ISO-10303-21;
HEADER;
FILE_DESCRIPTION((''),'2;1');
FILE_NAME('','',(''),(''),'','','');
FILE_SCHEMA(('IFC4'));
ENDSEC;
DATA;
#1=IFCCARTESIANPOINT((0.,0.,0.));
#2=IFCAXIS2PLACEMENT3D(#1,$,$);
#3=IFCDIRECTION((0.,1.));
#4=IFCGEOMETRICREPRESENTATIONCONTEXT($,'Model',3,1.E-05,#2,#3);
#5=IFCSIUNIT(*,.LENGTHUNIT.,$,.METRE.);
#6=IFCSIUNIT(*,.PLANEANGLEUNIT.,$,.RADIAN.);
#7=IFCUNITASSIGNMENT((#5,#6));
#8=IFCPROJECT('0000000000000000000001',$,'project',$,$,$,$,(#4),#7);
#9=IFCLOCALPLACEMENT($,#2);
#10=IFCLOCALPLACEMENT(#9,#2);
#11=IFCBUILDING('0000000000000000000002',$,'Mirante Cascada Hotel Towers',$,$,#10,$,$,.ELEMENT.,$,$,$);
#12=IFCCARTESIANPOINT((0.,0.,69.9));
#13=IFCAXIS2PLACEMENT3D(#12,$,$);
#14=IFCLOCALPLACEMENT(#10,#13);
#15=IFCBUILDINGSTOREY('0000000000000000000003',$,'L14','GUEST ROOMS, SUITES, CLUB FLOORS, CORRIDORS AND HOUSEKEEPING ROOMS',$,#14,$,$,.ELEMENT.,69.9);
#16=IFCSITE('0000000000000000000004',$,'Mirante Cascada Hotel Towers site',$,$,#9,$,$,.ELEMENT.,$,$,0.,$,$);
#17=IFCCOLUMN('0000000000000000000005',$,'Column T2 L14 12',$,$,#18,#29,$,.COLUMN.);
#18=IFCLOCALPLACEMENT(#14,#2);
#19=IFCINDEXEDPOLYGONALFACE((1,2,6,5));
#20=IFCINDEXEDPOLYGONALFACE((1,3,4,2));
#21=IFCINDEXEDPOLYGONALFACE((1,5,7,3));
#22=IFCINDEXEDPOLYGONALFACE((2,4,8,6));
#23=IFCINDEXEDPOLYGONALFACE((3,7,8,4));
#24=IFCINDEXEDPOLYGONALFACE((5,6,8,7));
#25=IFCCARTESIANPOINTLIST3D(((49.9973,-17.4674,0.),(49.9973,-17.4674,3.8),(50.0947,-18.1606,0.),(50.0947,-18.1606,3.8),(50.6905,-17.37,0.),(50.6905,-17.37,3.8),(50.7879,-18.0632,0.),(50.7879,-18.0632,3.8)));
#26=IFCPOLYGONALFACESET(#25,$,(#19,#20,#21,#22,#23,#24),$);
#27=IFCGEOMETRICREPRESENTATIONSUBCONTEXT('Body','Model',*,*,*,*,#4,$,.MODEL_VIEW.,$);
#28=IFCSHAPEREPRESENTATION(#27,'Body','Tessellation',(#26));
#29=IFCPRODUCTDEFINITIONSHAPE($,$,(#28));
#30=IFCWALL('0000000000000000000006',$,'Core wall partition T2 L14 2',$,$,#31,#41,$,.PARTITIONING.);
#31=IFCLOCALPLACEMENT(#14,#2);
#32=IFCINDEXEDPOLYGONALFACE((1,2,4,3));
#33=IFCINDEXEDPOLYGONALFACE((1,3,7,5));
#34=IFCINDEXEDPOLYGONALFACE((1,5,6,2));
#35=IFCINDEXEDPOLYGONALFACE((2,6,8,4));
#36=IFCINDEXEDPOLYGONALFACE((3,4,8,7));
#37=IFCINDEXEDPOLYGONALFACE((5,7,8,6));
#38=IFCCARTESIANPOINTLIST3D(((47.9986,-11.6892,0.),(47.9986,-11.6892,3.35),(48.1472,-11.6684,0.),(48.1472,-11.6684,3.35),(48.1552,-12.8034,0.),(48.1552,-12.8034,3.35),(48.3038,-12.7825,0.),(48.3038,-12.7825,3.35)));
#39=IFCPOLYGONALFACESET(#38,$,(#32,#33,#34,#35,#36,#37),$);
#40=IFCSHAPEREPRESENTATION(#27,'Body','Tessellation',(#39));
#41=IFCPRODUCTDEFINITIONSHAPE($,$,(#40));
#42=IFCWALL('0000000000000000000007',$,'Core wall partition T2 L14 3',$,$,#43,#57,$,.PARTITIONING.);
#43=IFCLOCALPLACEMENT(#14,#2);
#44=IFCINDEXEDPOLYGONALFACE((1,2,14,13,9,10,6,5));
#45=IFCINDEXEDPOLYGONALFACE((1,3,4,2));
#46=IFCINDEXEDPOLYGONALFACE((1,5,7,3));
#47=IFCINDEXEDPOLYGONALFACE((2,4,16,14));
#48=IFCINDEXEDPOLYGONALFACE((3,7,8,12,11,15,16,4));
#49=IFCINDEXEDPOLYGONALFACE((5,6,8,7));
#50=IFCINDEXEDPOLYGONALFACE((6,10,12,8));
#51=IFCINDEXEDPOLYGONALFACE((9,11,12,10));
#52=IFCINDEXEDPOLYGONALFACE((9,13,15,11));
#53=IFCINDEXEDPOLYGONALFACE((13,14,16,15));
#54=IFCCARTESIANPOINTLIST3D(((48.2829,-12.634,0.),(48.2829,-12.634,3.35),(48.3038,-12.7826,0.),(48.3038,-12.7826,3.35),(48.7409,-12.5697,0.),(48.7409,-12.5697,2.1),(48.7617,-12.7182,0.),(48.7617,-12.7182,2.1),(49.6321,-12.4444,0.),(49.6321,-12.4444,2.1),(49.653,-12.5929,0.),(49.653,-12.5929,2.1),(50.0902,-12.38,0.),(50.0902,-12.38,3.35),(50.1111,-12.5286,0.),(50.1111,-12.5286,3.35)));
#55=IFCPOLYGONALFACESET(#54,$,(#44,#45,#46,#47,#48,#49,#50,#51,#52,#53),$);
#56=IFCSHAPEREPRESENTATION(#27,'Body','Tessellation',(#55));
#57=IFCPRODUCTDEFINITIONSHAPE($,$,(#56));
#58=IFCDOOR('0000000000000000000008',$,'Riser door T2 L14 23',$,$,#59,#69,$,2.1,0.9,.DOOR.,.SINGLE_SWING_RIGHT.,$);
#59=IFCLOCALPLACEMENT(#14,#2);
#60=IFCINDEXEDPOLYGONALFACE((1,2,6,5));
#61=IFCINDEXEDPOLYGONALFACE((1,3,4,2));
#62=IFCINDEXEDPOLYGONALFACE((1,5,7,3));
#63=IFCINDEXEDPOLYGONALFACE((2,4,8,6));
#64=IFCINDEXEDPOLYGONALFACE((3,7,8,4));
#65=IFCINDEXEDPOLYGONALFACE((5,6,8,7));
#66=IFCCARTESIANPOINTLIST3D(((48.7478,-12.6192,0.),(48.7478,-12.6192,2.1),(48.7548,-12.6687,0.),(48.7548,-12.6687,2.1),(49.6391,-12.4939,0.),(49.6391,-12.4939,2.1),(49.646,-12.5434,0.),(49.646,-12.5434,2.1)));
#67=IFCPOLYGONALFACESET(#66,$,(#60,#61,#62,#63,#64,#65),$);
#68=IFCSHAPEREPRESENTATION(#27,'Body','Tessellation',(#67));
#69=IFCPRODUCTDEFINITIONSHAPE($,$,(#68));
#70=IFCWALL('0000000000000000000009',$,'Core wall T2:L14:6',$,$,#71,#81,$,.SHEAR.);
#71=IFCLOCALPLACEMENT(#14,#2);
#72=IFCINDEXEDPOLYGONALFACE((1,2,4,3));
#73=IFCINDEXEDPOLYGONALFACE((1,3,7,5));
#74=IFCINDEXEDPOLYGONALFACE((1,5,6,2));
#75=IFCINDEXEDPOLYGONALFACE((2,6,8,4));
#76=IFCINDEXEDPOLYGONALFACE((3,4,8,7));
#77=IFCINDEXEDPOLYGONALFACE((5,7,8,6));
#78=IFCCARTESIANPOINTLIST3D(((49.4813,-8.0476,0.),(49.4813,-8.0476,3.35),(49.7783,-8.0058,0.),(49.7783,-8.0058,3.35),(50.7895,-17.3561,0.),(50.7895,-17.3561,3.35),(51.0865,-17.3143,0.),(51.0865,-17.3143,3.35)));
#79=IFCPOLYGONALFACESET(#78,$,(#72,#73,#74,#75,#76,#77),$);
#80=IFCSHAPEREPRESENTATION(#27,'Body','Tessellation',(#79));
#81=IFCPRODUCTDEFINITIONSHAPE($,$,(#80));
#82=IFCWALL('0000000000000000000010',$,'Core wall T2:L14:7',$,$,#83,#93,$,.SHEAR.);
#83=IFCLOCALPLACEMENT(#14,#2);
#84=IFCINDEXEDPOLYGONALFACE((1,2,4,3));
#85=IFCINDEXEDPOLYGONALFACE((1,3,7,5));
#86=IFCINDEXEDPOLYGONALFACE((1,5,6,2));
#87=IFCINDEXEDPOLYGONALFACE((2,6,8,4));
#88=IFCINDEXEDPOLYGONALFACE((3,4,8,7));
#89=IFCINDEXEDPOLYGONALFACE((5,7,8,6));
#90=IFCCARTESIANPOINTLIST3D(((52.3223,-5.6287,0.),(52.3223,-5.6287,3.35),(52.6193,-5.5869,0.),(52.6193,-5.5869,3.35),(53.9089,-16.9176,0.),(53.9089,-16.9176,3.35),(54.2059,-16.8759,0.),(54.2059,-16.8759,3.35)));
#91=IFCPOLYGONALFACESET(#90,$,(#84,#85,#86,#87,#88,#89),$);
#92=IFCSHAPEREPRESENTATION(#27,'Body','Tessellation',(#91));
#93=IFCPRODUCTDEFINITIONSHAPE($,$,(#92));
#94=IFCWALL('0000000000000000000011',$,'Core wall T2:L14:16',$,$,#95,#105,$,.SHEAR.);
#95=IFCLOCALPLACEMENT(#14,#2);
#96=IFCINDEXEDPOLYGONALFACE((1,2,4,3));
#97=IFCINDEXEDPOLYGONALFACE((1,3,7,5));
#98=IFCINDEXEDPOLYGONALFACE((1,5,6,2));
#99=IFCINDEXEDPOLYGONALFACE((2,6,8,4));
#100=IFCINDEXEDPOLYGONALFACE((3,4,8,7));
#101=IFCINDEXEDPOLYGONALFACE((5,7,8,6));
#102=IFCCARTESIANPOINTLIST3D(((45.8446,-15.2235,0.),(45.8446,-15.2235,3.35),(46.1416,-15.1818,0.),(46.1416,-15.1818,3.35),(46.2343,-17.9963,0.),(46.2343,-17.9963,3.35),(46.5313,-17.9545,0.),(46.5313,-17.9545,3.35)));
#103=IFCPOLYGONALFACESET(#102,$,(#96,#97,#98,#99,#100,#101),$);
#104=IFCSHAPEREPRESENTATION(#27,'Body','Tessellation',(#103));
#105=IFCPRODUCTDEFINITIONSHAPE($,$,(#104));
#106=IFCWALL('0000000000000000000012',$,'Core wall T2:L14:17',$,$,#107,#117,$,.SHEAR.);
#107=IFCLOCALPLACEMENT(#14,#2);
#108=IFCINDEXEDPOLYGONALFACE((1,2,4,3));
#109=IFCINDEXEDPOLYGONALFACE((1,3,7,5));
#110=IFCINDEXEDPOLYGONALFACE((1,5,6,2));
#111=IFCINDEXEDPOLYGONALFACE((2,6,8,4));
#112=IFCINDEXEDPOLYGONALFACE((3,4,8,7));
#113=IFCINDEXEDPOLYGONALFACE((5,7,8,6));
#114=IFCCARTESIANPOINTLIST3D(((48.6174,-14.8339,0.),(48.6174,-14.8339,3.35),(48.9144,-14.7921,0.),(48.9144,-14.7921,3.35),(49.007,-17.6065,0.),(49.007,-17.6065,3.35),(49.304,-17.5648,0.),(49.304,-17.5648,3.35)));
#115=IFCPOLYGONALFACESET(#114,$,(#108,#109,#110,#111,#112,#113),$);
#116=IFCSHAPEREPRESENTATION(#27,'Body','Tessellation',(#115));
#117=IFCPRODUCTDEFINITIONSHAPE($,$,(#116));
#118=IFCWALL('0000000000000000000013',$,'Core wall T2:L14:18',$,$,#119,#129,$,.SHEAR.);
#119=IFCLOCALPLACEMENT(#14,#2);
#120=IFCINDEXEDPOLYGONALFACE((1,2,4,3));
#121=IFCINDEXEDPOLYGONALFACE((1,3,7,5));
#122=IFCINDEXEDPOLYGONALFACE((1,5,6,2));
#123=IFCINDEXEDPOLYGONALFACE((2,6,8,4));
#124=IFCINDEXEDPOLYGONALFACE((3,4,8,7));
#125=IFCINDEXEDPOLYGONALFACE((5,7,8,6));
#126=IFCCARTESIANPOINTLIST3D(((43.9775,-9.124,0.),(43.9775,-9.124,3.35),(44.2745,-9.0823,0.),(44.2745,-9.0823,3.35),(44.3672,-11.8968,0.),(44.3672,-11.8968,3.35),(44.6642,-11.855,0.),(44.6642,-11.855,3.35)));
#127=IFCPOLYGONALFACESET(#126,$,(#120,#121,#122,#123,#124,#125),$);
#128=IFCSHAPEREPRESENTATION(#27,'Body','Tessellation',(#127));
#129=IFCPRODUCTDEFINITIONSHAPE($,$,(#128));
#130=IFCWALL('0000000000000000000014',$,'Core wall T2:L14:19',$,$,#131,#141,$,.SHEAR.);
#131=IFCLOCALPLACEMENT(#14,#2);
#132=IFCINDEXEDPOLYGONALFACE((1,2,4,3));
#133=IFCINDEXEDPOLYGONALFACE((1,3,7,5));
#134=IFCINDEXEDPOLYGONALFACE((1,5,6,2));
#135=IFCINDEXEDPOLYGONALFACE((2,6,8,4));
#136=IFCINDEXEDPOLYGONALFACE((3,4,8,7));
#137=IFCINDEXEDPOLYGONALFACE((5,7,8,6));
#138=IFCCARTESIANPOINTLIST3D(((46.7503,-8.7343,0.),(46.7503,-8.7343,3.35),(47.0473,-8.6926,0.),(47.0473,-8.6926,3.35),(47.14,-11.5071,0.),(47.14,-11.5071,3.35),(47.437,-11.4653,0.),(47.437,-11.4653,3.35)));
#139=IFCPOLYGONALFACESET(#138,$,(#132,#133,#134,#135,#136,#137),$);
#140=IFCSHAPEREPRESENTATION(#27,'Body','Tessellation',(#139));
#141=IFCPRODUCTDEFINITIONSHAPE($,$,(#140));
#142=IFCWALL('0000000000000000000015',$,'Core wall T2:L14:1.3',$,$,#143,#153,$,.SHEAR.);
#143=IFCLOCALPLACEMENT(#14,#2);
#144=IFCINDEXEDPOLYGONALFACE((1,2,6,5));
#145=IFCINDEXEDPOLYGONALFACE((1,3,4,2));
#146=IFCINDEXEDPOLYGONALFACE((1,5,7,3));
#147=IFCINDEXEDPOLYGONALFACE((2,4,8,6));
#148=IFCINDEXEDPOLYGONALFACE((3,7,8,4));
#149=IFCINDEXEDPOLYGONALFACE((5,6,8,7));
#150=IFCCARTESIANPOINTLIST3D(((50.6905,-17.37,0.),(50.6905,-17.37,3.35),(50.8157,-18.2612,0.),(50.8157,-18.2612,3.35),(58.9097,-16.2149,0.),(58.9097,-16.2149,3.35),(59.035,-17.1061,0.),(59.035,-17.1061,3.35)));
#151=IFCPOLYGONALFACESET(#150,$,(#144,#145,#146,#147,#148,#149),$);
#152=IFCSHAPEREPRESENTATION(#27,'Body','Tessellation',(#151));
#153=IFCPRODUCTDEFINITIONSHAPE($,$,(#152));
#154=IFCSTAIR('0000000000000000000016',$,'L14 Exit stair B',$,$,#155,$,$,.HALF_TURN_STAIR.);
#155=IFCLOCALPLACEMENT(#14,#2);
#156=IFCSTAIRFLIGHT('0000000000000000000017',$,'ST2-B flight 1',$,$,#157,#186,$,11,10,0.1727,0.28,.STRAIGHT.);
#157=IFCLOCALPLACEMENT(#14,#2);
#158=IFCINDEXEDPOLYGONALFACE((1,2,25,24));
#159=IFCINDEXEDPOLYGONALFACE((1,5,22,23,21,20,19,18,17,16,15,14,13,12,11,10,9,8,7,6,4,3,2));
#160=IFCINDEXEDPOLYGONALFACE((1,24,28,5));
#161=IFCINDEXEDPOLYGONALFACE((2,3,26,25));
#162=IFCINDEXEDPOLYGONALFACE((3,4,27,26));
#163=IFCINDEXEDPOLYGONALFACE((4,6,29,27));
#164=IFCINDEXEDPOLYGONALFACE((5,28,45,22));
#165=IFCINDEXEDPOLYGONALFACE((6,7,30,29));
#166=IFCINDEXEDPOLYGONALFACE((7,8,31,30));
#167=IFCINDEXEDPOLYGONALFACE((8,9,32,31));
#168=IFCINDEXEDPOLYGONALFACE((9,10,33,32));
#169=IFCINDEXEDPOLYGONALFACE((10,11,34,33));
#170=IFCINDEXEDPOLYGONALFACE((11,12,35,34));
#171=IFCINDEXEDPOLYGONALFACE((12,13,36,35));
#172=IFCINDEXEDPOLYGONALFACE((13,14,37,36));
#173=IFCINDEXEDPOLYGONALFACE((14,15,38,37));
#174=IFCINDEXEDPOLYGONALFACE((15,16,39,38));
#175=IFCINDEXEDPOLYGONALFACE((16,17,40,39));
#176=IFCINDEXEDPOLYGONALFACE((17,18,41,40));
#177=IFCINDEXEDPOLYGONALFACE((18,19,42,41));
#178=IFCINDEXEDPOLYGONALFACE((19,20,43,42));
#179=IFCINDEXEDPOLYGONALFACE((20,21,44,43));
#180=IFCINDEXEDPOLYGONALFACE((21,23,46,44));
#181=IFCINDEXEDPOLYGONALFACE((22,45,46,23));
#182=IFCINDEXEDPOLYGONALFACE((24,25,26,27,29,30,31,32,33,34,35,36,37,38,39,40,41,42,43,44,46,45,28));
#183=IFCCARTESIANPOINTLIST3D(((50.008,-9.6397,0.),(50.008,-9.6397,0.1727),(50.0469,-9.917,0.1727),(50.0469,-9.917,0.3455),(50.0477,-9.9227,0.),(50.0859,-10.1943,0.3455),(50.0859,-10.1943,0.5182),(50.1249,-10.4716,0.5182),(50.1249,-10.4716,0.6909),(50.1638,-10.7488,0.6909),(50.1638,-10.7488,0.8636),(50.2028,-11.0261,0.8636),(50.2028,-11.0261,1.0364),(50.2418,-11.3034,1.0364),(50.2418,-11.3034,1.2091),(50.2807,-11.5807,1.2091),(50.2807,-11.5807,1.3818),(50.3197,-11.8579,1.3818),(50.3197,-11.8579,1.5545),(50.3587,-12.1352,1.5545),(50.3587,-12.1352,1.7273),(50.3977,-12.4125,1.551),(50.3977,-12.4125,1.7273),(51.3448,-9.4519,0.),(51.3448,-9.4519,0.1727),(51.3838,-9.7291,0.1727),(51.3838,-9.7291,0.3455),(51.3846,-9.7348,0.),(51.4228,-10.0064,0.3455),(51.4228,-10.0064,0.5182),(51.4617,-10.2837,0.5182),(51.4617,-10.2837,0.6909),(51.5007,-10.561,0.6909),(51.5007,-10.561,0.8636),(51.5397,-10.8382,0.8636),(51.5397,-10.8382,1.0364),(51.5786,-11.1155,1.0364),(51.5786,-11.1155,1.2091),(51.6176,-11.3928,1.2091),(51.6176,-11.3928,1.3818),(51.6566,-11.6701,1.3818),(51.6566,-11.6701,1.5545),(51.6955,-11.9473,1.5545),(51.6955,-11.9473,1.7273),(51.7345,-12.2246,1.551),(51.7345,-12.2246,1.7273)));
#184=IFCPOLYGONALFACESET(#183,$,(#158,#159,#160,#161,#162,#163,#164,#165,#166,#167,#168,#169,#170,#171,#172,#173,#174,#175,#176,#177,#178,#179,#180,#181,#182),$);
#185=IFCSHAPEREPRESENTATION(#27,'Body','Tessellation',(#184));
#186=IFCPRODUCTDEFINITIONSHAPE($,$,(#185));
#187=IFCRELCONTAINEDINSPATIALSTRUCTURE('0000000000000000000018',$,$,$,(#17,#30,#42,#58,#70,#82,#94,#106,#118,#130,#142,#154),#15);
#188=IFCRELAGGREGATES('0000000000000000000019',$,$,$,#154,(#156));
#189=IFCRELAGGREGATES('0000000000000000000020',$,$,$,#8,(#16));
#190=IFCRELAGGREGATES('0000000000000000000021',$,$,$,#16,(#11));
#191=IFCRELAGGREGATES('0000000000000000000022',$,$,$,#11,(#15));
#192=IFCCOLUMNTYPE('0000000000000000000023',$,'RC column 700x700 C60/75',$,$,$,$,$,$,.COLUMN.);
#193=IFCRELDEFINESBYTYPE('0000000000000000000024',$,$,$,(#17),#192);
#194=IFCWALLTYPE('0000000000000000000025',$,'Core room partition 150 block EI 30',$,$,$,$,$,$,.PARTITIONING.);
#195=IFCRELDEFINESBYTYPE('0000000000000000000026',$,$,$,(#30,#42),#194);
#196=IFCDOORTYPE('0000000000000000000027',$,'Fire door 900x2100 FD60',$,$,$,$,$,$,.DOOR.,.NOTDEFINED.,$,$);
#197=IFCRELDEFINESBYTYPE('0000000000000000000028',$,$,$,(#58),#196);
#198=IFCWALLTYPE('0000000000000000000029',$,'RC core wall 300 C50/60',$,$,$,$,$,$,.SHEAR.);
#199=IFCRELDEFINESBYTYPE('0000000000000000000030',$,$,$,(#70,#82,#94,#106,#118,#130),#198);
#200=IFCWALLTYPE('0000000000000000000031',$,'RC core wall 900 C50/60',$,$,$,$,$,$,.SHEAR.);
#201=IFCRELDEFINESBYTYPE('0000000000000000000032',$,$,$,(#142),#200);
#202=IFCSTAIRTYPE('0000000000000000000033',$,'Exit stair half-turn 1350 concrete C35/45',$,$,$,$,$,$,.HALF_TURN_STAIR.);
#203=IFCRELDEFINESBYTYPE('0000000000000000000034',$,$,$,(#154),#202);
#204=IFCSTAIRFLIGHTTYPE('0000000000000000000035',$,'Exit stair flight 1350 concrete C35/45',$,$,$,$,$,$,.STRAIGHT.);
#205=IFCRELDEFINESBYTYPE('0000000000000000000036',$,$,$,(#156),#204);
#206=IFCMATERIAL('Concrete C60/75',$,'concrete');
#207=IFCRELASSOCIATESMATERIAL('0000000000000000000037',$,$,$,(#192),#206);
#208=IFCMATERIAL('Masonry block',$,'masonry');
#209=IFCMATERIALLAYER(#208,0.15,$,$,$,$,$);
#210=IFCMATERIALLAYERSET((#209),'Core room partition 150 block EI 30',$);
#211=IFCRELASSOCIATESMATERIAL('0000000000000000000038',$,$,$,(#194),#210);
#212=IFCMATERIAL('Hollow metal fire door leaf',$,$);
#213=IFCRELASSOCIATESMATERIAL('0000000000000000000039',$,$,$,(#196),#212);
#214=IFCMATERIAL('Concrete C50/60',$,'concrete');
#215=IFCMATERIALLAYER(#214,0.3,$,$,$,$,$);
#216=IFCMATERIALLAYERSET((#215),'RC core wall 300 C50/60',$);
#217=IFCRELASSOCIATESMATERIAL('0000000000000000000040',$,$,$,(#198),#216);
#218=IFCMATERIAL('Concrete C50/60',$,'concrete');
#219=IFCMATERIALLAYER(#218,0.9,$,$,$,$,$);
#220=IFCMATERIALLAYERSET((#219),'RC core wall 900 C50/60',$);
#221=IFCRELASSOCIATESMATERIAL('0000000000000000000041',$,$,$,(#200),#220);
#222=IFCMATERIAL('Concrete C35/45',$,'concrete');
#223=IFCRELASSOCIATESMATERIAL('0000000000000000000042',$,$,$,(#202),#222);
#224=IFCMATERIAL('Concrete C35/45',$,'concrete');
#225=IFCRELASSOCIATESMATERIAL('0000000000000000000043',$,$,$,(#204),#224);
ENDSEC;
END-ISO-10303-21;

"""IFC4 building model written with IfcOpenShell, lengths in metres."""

from ifc_helpers import new_model, si_unit, direction, frame, frame_2d, origin, origin_2d, place, context, subcontext, project, spatial, polyline, rectangle, outline, extrude, material, layer, layer_set, material_profile, profile_set, type_object, element, fill, aggregate, save


model = new_model("IFC4")

# Units and contexts
model_context = context("Model", 3, precision=1e-05, world=origin(), true_north=direction((0.0, 1.0)))
body_context = subcontext(model_context, "Body", "Model", "MODEL_VIEW")
ifc_project = project(units=[si_unit("LENGTHUNIT", "METRE"), si_unit("PLANEANGLEUNIT", "RADIAN")], contexts=[model_context])

# Site, building, storey
site_placement = place(None, origin())
site = spatial("IfcSite", under=ifc_project, at=site_placement, Name="Mirante Cascada Hotel Towers site", CompositionType="ELEMENT", RefElevation=0.0)
building_placement = place(site_placement, origin())
building = spatial("IfcBuilding", under=site, at=building_placement, Name="Mirante Cascada Hotel Towers", CompositionType="ELEMENT")
storey_placement = place(building_placement, frame((0.0, 0.0, 69.9)))
storey = spatial("IfcBuildingStorey", under=building, at=storey_placement, Name="L14", Description="GUEST ROOMS, SUITES, CLUB FLOORS, CORRIDORS AND HOUSEKEEPING ROOMS", CompositionType="ELEMENT", Elevation=69.9)

# Column
ifc_material_1 = material(Name="Concrete C60/75", Category="concrete")
ifc_material_profile = material_profile(ifc_material_1, rectangle(XDim=0.7, YDim=0.7, at=origin_2d()), Name="RC column 700x700 C60/75")
ifc_profile_set = profile_set([ifc_material_profile], Name="Concrete C60/75")
column_type = type_object("IfcColumnType", Name="RC column 700x700 C60/75", PredefinedType="COLUMN", material=ifc_profile_set)
column_placement = place(storey_placement, frame((50.3926, -17.7653, 0.0), z_axis=(0.0, 0.0, 1.0), x_axis=(0.990268, 0.139173, 0.0)))
element("IfcColumn", 1, at=column_placement, inside=storey, type_object=column_type, Name="Column T2 L14 12", PredefinedType="COLUMN", context=body_context, shape_type="SweptSolid", body=[
    extrude(rectangle(XDim=0.7, YDim=0.7, at=origin_2d()), origin(), (0.0, 0.0, 1.0), 3.8),
])

# Wall
ifc_material_2 = material(Name="Masonry block", Category="masonry")
ifc_layer_1 = layer(ifc_material_2, 0.15)
ifc_layer_set_1 = layer_set([ifc_layer_1], Name="Core room partition 150 block EI 30")
wall_type_1 = type_object("IfcWallType", Name="Core room partition 150 block EI 30", PredefinedType="PARTITIONING", material=ifc_layer_set_1)
wall_1_placement = place(storey_placement, frame((48.2295, -12.793, 0.0), z_axis=(0.0, 0.0, 1.0), x_axis=(-0.139193, 0.990265, 0.0)))
element("IfcWall", 2, at=wall_1_placement, inside=storey, type_object=wall_type_1, Name="Core wall partition T2 L14 2", PredefinedType="PARTITIONING", context=body_context, shape_type="SweptSolid", body=[
    extrude(rectangle(XDim=1.1251, YDim=0.15, at=frame_2d((0.5626, 0.0))), origin(), (0.0, 0.0, 1.0), 3.35),
])

# Wall, opening, door
wall_2_placement = place(storey_placement, frame((48.2933, -12.7083, 0.0), z_axis=(0.0, 0.0, 1.0), x_axis=(0.990268, 0.139173, 0.0)))
wall_2 = element("IfcWall", 3, at=wall_2_placement, inside=storey, type_object=wall_type_1, Name="Core wall partition T2 L14 3", PredefinedType="PARTITIONING", context=body_context, shape_type="SweptSolid", body=[
    extrude(rectangle(XDim=1.8251, YDim=0.15, at=frame_2d((0.9126, 0.0))), origin(), (0.0, 0.0, 1.0), 3.35),
])
opening_1_placement = place(wall_2_placement, frame((0.4625, 0.0, 0.0)))
opening_1 = element("IfcOpeningElement", 4, at=opening_1_placement, cuts=wall_2, PredefinedType="OPENING", context=body_context, shape_type="SweptSolid", body=[
    extrude(rectangle(XDim=0.9, YDim=2.1, at=frame_2d((0.45, 1.05))), frame((0.0, 0.075, 0.0), z_axis=(0.0, -1.0, 0.0), x_axis=(1.0, 0.0, 0.0)), (0.0, 0.0, 1.0), 0.15),
])
ifc_material_3 = material(Name="Hollow metal fire door leaf")
door_type_1 = type_object("IfcDoorType", Name="Fire door 900x2100 FD60", OperationType="NOTDEFINED", PredefinedType="DOOR", material=ifc_material_3)
door_1_placement = place(opening_1_placement, frame((0.9, 0.0, 0.0), z_axis=(0.0, 0.0, 1.0), x_axis=(-1.0, 0.0, 0.0)))
door_1 = element("IfcDoor", 5, at=door_1_placement, inside=storey, type_object=door_type_1, Name="Riser door T2 L14 23", OperationType="SINGLE_SWING_RIGHT", OverallHeight=2.1, OverallWidth=0.9, PredefinedType="DOOR", context=body_context, shape_type="SweptSolid", body=[
    extrude(rectangle(XDim=0.9, YDim=2.1, at=frame_2d((0.45, 1.05))), frame((0.0, 0.025, 0.0), z_axis=(0.0, -1.0, 0.0), x_axis=(1.0, 0.0, 0.0)), (0.0, 0.0, 1.0), 0.05),
])
fill(opening_1, door_1)

# Walls
ifc_material_4 = material(Name="Concrete C50/60", Category="concrete")
ifc_layer_2 = layer(ifc_material_4, 0.3)
ifc_layer_set_2 = layer_set([ifc_layer_2], Name="RC core wall 300 C50/60")
wall_type_2 = type_object("IfcWallType", Name="RC core wall 300 C50/60", PredefinedType="SHEAR", material=ifc_layer_set_2)
wall_3_placement = place(storey_placement, frame((50.938, -17.3352, 0.0), z_axis=(0.0, 0.0, 1.0), x_axis=(-0.139171, 0.990268, 0.0)))
element("IfcWall", 6, at=wall_3_placement, inside=storey, type_object=wall_type_2, Name="Core wall T2:L14:6", PredefinedType="SHEAR", context=body_context, shape_type="SweptSolid", body=[
    extrude(rectangle(XDim=9.4, YDim=0.3, at=frame_2d((4.7, 0.0))), origin(), (0.0, 0.0, 1.0), 3.35),
])
wall_4_placement = place(storey_placement, frame((54.0574, -16.8968, 0.0), z_axis=(0.0, 0.0, 1.0), x_axis=(-0.139176, 0.990268, 0.0)))
element("IfcWall", 7, at=wall_4_placement, inside=storey, type_object=wall_type_2, Name="Core wall T2:L14:7", PredefinedType="SHEAR", context=body_context, shape_type="SweptSolid", body=[
    extrude(rectangle(XDim=11.3999, YDim=0.3, at=frame_2d((5.7, 0.0))), origin(), (0.0, 0.0, 1.0), 3.35),
])
wall_5_placement = place(storey_placement, frame((46.3828, -17.9754, 0.0), z_axis=(0.0, 0.0, 1.0), x_axis=(-0.139181, 0.990267, 0.0)))
element("IfcWall", 8, at=wall_5_placement, inside=storey, type_object=wall_type_2, Name="Core wall T2:L14:16", PredefinedType="SHEAR", context=body_context, shape_type="SweptSolid", body=[
    extrude(rectangle(XDim=2.8, YDim=0.3, at=frame_2d((1.4, 0.0))), origin(), (0.0, 0.0, 1.0), 3.35),
])
wall_6_placement = place(storey_placement, frame((49.1555, -17.5857, 0.0), z_axis=(0.0, 0.0, 1.0), x_axis=(-0.139146, 0.990272, 0.0)))
element("IfcWall", 9, at=wall_6_placement, inside=storey, type_object=wall_type_2, Name="Core wall T2:L14:17", PredefinedType="SHEAR", context=body_context, shape_type="SweptSolid", body=[
    extrude(rectangle(XDim=2.7999, YDim=0.3, at=frame_2d((1.4, 0.0))), origin(), (0.0, 0.0, 1.0), 3.35),
])
for number, where, z_axis, x_axis, name in (
    (10, (44.5157, -11.8759, 0.0), (0.0, 0.0, 1.0), (-0.139181, 0.990267, 0.0), "Core wall T2:L14:18"),
    (11, (47.2885, -11.4862, 0.0), (0.0, 0.0, 1.0), (-0.139181, 0.990267, 0.0), "Core wall T2:L14:19"),
):
    element("IfcWall", number, at=place(storey_placement, frame(where, z_axis=z_axis, x_axis=x_axis)), inside=storey, type_object=wall_type_2, Name=name, PredefinedType="SHEAR", context=body_context, shape_type="SweptSolid", body=[
        extrude(rectangle(XDim=2.8, YDim=0.3, at=frame_2d((1.4, 0.0))), origin(), (0.0, 0.0, 1.0), 3.35),
    ])

# Wall
ifc_material_5 = material(Name="Concrete C50/60", Category="concrete")
ifc_layer_3 = layer(ifc_material_5, 0.9)
ifc_layer_set_3 = layer_set([ifc_layer_3], Name="RC core wall 900 C50/60")
wall_type_3 = type_object("IfcWallType", Name="RC core wall 900 C50/60", PredefinedType="SHEAR", material=ifc_layer_set_3)
wall_7_placement = place(storey_placement, frame((50.7531, -17.8156, 0.0), z_axis=(0.0, 0.0, 1.0), x_axis=(0.990269, 0.139169, 0.0)))
element("IfcWall", 12, at=wall_7_placement, inside=storey, type_object=wall_type_3, Name="Core wall T2:L14:1.3", PredefinedType="SHEAR", context=body_context, shape_type="SweptSolid", body=[
    extrude(rectangle(XDim=8.3, YDim=0.9, at=frame_2d((4.15, 0.0))), origin(), (0.0, 0.0, 1.0), 3.35),
])

# Stair, stair flight
ifc_material_6 = material(Name="Concrete C35/45", Category="concrete")
stair_type = type_object("IfcStairType", Name="Exit stair half-turn 1350 concrete C35/45", PredefinedType="HALF_TURN_STAIR", material=ifc_material_6)
stair_placement = place(storey_placement, origin())
stair = element("IfcStair", 13, at=stair_placement, inside=storey, type_object=stair_type, Name="L14 Exit stair B", PredefinedType="HALF_TURN_STAIR")
ifc_material_7 = material(Name="Concrete C35/45", Category="concrete")
stair_flight_type = type_object("IfcStairFlightType", Name="Exit stair flight 1350 concrete C35/45", PredefinedType="STRAIGHT", material=ifc_material_7)
stair_flight_1_placement = place(storey_placement, frame((50.6764, -9.5458, 0.0), z_axis=(0.0, 0.0, 1.0), x_axis=(0.139173, -0.990268, 0.0)))
stair_flight_1 = element("IfcStairFlight", 14, at=stair_flight_1_placement, type_object=stair_flight_type, Name="ST2-B flight 1", NumberOfRisers=11, NumberOfTreads=10, PredefinedType="STRAIGHT", RiserHeight=0.1727, TreadLength=0.28, context=body_context, shape_type="SweptSolid", body=[
    extrude(outline(polyline([(0.0, 0.0), (0.0, 0.1727), (0.28, 0.1727), (0.28, 0.3455), (0.56, 0.3455), (0.56, 0.5182), (0.84, 0.5182), (0.84, 0.6909), (1.12, 0.6909), (1.12, 0.8636), (1.4, 0.8636), (1.4, 1.0364), (1.68, 1.0364), (1.68, 1.2091), (1.96, 1.2091), (1.96, 1.3818), (2.24, 1.3818), (2.24, 1.5545), (2.52, 1.5545), (2.52, 1.7273), (2.8, 1.7273), (2.8, 1.9), (2.8, 1.551), (0.2857, 0.0), (0.0, 0.0)])), frame((0.0, 0.675, 0.0), z_axis=(0.0, -1.0, 0.0), x_axis=(1.0, 0.0, 0.0)), (0.0, 0.0, 1.0), 1.35),
])
aggregate(stair, [stair_flight_1])

save(model, "model.ifc")
